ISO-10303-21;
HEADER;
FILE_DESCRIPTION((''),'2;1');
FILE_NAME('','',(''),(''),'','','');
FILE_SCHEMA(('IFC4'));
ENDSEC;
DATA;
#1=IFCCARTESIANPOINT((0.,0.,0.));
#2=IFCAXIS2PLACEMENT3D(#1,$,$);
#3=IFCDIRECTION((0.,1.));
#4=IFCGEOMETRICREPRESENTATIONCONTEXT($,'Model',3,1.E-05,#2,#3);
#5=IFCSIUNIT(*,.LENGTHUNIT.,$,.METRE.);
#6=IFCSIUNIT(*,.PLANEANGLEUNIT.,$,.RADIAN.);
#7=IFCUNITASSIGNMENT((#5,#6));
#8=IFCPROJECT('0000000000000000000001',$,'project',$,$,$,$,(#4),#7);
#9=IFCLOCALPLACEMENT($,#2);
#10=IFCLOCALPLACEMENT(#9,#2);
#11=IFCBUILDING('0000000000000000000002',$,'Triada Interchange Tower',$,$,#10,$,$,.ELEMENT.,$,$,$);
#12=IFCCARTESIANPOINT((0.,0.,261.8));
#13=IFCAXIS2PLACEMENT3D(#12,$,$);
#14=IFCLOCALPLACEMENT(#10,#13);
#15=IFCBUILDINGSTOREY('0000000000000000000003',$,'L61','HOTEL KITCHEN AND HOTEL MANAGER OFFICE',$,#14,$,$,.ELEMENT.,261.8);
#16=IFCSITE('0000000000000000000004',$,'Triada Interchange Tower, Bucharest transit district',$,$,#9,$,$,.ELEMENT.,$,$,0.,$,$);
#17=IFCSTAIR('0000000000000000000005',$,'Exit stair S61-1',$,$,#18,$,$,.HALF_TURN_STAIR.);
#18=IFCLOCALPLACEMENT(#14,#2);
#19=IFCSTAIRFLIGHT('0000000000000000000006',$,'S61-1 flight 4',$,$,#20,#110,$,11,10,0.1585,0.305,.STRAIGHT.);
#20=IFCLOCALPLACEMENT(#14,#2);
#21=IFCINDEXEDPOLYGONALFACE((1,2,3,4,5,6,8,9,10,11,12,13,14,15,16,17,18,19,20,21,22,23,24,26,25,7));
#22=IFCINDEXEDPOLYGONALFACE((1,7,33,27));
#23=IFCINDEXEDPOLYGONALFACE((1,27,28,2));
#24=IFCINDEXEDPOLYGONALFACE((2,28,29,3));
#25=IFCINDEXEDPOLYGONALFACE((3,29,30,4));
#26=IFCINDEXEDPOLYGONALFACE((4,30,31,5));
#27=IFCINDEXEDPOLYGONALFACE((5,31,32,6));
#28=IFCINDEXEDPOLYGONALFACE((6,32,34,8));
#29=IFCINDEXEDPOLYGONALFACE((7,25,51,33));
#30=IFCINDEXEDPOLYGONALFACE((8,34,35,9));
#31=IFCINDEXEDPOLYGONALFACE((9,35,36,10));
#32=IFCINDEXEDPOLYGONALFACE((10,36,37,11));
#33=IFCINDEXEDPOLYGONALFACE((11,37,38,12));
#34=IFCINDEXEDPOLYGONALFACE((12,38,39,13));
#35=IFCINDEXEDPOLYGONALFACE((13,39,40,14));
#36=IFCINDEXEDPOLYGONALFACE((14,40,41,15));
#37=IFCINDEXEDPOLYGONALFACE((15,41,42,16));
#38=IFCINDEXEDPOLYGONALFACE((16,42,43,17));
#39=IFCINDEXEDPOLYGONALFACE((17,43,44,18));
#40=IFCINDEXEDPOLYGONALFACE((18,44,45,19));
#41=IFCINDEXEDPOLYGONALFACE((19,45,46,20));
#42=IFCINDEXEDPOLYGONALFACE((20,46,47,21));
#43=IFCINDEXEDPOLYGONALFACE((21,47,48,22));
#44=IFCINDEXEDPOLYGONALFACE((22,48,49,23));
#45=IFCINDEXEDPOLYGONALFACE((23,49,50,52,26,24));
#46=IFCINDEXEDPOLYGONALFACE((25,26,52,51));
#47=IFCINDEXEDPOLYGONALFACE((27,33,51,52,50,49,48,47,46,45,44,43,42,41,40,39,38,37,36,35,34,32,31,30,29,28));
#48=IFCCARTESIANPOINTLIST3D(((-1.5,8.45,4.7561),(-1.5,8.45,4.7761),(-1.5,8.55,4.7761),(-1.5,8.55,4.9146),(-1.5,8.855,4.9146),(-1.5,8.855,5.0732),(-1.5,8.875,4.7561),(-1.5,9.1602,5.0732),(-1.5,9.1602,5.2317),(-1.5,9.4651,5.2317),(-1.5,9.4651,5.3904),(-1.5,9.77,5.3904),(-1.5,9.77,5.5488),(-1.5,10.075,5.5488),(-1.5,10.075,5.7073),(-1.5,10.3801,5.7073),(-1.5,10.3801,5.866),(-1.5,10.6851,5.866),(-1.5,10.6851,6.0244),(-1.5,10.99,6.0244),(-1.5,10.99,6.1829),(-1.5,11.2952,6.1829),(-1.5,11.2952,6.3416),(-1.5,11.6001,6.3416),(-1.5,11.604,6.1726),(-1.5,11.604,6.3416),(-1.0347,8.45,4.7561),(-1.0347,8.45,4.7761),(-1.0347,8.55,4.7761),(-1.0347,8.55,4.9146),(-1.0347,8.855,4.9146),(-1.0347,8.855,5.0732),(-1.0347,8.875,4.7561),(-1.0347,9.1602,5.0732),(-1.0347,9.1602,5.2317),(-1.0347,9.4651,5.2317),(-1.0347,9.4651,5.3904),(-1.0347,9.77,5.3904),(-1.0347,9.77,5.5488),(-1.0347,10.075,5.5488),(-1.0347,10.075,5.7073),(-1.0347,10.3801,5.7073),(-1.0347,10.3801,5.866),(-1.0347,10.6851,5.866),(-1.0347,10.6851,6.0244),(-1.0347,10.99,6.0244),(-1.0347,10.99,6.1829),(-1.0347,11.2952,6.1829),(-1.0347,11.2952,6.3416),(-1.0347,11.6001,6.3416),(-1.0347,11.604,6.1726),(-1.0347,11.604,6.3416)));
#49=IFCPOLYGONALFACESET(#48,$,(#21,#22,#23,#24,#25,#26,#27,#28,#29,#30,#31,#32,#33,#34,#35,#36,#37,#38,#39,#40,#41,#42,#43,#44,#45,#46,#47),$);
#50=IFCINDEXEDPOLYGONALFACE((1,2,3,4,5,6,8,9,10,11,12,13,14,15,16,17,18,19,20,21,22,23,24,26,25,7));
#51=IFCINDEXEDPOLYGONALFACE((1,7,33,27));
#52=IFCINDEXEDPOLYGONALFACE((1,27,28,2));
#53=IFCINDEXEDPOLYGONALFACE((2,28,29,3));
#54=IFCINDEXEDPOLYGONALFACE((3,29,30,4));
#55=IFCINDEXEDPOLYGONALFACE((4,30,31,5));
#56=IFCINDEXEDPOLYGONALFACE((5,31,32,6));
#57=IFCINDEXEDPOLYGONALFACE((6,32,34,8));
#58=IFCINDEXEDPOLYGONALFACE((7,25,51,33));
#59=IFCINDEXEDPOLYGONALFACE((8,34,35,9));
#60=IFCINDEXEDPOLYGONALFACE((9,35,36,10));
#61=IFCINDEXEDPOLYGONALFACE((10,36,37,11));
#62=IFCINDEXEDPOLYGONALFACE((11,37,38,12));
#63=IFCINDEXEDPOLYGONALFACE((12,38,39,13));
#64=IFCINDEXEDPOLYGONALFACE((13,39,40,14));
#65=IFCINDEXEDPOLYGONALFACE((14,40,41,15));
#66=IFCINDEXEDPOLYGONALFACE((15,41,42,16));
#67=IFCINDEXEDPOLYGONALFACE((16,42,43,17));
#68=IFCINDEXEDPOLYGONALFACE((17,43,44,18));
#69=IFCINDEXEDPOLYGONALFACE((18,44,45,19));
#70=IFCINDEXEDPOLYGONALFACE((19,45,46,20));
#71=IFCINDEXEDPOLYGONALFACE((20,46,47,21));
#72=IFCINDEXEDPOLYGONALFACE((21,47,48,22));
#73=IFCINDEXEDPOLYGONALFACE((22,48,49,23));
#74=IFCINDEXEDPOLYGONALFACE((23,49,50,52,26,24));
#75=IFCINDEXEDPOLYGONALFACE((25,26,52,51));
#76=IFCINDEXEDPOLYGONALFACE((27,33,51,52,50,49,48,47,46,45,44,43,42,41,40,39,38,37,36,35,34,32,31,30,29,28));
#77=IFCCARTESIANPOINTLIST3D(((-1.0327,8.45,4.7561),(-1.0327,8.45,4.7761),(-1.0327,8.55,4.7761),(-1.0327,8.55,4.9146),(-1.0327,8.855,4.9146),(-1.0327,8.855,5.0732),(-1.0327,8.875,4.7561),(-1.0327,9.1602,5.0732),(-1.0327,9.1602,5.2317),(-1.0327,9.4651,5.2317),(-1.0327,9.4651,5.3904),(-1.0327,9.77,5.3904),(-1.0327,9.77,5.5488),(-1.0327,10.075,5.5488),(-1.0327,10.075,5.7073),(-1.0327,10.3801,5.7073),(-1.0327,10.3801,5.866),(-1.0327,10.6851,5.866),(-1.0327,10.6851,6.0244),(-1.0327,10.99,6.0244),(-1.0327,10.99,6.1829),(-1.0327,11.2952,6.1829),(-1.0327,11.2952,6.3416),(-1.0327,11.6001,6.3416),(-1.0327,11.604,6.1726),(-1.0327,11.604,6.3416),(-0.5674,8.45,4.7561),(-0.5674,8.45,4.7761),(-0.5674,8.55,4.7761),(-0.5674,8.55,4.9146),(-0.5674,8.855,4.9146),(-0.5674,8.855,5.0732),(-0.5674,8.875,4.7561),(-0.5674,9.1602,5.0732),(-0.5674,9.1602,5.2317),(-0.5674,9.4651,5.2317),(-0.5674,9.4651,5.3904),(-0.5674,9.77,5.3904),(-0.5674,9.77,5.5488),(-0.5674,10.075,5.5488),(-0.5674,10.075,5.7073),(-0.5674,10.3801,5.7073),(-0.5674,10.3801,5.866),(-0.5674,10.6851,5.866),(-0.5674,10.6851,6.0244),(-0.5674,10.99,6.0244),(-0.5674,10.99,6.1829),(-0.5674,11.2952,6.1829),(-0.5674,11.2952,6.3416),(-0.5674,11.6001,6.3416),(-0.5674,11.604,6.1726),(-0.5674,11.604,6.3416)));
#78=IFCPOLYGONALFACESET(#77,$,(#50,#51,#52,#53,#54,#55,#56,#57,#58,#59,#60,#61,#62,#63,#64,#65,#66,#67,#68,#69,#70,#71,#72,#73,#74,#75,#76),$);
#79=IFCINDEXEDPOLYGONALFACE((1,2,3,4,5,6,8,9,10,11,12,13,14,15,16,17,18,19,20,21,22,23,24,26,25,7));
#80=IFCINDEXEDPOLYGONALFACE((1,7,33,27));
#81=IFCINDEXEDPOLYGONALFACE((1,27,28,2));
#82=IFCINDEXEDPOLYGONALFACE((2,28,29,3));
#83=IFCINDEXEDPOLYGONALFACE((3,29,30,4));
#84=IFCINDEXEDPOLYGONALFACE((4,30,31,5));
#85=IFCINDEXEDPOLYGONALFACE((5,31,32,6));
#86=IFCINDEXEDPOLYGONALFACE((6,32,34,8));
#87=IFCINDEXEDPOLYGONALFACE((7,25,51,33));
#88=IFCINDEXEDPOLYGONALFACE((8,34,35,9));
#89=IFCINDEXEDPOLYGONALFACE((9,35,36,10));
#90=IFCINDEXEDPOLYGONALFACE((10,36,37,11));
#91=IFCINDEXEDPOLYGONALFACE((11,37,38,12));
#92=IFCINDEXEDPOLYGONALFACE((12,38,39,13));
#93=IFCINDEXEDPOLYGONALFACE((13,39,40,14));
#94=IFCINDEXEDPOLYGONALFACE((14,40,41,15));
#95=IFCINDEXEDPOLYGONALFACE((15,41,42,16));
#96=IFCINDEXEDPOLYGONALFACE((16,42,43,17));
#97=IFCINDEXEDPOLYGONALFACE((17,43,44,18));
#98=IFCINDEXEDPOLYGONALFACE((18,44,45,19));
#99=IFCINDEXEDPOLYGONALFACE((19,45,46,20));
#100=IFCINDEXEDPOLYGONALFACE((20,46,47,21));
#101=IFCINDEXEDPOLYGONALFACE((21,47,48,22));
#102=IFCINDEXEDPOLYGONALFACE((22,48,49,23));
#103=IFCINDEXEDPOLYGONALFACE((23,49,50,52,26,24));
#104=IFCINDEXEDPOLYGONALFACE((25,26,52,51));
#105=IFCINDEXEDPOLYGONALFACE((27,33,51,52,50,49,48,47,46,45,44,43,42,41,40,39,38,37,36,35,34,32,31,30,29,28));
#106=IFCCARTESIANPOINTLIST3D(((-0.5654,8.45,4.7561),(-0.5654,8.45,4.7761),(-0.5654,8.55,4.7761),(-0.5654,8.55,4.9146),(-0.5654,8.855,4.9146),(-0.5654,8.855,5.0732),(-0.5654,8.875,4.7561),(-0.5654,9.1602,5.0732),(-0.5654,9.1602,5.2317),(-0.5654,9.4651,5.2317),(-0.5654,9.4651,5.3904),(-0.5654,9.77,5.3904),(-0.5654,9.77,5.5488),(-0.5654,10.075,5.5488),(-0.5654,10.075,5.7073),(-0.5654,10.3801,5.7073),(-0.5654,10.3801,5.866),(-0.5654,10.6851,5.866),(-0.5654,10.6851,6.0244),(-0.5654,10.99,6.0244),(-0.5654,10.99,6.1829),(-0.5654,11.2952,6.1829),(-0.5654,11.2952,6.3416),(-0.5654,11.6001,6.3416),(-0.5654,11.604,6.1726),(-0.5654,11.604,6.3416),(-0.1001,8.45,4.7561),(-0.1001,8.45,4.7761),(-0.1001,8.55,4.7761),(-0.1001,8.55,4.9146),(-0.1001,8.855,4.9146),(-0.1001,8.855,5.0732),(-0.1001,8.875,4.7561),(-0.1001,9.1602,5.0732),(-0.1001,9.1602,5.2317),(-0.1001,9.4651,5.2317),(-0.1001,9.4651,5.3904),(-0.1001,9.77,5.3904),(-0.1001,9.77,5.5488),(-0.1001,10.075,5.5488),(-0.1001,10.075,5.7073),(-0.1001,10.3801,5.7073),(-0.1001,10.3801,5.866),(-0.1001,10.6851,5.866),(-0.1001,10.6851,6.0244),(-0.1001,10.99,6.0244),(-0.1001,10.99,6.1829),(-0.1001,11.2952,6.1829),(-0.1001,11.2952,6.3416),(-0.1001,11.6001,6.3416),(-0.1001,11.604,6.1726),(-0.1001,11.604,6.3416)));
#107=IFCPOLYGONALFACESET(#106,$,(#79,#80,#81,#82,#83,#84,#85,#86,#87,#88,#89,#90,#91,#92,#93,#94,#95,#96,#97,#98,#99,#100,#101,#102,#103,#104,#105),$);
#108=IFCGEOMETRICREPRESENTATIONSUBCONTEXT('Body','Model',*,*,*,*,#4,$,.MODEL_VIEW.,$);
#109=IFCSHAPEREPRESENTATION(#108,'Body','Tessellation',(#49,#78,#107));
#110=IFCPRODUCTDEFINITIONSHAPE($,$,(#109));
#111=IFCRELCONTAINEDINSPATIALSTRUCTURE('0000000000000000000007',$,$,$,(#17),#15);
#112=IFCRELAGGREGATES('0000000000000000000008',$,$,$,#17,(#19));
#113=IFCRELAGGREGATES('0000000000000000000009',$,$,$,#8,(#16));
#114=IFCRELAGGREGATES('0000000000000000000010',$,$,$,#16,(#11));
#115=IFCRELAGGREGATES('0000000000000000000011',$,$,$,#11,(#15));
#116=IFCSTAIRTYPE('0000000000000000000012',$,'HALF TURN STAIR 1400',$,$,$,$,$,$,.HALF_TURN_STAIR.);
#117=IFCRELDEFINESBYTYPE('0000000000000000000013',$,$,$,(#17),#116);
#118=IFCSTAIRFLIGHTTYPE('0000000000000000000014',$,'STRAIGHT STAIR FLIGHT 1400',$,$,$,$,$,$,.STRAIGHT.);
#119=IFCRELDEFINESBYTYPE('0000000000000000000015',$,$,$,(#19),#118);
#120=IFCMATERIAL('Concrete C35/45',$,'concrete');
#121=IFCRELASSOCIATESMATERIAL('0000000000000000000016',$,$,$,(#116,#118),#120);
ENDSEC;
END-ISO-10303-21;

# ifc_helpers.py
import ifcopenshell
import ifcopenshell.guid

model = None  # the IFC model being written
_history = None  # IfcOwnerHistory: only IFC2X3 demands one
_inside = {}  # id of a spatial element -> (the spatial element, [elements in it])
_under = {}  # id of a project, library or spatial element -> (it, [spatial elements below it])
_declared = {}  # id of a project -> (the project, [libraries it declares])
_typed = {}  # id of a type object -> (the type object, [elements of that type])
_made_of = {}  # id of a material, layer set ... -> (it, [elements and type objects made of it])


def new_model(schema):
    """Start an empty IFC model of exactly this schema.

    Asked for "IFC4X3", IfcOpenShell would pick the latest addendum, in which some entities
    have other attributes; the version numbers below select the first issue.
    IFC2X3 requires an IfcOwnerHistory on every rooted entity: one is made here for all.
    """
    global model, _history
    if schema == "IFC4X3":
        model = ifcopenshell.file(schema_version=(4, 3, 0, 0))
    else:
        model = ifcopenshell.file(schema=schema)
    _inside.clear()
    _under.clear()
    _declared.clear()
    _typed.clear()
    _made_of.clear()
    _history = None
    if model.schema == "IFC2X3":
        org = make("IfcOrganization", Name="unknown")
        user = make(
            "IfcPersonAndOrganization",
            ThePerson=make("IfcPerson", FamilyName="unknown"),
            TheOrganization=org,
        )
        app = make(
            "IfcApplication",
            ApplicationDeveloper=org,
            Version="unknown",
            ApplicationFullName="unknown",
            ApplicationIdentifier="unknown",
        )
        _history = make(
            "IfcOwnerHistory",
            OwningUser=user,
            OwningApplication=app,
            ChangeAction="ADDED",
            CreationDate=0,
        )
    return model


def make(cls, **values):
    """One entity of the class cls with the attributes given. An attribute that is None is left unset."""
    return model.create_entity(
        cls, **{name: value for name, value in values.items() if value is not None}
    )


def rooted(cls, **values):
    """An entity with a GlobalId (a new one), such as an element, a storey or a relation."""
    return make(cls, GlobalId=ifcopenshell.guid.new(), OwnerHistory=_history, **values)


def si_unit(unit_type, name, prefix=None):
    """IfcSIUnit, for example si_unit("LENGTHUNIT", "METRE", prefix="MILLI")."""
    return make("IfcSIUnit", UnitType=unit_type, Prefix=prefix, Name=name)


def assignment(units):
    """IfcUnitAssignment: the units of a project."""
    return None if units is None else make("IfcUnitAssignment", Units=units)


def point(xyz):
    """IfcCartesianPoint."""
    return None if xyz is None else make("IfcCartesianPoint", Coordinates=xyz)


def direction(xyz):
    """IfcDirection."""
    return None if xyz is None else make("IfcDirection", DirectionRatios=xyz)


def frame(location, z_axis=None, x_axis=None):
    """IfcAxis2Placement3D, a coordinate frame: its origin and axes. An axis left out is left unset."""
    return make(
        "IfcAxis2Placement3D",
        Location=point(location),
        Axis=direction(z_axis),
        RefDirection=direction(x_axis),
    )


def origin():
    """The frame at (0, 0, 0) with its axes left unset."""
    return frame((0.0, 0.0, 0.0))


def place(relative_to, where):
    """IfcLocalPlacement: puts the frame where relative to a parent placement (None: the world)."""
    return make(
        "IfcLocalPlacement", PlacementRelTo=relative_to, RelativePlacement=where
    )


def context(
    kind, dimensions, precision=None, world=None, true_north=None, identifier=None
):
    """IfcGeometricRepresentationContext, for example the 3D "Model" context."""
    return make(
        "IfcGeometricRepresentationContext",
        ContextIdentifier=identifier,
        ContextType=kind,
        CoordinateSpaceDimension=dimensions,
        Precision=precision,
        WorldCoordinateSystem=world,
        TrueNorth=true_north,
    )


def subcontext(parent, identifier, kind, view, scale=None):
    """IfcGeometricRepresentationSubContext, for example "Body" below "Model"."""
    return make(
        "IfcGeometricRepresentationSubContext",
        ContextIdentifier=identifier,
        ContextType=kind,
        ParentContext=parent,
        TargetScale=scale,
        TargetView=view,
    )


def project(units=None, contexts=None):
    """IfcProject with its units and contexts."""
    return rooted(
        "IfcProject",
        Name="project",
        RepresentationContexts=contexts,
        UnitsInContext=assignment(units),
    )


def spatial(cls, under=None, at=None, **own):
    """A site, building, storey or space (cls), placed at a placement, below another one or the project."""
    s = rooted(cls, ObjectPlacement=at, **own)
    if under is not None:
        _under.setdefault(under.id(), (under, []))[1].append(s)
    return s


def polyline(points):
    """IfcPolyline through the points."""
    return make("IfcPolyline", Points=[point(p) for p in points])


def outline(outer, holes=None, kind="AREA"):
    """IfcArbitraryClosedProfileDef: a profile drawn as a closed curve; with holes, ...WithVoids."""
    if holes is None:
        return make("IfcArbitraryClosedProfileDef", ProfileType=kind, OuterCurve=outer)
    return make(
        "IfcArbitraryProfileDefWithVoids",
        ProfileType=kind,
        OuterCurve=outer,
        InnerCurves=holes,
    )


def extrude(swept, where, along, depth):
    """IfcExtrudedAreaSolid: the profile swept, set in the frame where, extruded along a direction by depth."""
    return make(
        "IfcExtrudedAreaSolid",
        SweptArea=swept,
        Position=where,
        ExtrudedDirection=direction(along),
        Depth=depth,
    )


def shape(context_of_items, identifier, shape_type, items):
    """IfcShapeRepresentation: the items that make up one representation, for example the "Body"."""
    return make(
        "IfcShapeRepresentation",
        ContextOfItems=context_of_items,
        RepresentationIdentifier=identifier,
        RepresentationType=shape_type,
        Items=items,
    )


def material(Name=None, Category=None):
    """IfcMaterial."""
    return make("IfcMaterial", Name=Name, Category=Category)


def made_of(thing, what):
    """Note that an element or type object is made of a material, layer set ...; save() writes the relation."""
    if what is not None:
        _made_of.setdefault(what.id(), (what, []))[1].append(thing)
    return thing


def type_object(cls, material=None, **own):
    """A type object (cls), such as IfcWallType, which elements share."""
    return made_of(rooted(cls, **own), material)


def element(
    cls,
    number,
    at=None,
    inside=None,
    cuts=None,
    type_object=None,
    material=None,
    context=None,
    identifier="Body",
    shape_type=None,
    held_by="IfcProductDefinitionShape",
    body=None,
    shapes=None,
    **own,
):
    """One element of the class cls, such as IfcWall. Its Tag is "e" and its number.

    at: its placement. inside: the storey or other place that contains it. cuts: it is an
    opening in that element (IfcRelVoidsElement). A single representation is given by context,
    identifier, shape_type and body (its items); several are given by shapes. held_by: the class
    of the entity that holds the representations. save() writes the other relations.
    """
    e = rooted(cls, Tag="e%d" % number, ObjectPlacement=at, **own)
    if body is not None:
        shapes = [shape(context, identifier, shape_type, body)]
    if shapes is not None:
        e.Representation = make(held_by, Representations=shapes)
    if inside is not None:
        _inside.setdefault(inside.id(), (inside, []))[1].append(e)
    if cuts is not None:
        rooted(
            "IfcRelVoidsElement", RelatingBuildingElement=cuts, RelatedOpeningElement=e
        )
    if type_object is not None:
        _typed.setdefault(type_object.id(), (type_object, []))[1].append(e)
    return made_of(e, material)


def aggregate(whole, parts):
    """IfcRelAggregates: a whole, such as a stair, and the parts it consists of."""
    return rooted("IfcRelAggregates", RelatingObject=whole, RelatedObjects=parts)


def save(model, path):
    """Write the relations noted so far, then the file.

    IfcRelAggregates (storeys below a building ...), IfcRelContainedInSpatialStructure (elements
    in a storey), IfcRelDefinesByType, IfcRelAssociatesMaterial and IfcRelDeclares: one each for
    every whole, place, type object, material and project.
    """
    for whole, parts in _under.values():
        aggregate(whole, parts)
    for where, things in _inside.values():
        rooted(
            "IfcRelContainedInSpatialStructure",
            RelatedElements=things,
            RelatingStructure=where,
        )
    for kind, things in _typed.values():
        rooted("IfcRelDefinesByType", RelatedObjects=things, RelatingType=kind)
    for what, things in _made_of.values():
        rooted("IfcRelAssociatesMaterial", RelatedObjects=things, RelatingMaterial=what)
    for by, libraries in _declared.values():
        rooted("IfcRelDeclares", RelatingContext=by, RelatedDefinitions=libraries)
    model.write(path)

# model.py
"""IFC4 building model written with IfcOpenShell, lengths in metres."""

from ifc_helpers import new_model, si_unit, direction, frame, origin, place, context, subcontext, project, spatial, polyline, outline, extrude, material, type_object, element, aggregate, save


model = new_model("IFC4")

# Units and contexts
model_context = context("Model", 3, precision=1e-05, world=origin(), true_north=direction((0.0, 1.0)))
body_context = subcontext(model_context, "Body", "Model", "MODEL_VIEW")
ifc_project = project(units=[si_unit("LENGTHUNIT", "METRE"), si_unit("PLANEANGLEUNIT", "RADIAN")], contexts=[model_context])

# Site, building, storey
site_placement = place(None, origin())
site = spatial("IfcSite", under=ifc_project, at=site_placement, Name="Triada Interchange Tower, Bucharest transit district", CompositionType="ELEMENT", RefElevation=0.0)
building_placement = place(site_placement, origin())
building = spatial("IfcBuilding", under=site, at=building_placement, Name="Triada Interchange Tower", CompositionType="ELEMENT")
storey_placement = place(building_placement, frame((0.0, 0.0, 261.8)))
storey = spatial("IfcBuildingStorey", under=building, at=storey_placement, Name="L61", Description="HOTEL KITCHEN AND HOTEL MANAGER OFFICE", CompositionType="ELEMENT", Elevation=261.8)

# Stair, stair flight
ifc_material_1 = material(Name="Concrete C35/45", Category="concrete")
stair_type = type_object("IfcStairType", Name="HALF TURN STAIR 1400", PredefinedType="HALF_TURN_STAIR", material=ifc_material_1)
stair_placement = place(storey_placement, origin())
stair = element("IfcStair", 1, at=stair_placement, inside=storey, type_object=stair_type, Name="Exit stair S61-1", PredefinedType="HALF_TURN_STAIR")
stair_flight_type = type_object("IfcStairFlightType", Name="STRAIGHT STAIR FLIGHT 1400", PredefinedType="STRAIGHT", material=ifc_material_1)
stair_flight_1_placement = place(storey_placement, frame((-0.8, 8.55, 4.7561), z_axis=(0.0, 0.0, 1.0), x_axis=(0.0, 1.0, 0.0)))
stair_flight_1 = element("IfcStairFlight", 2, at=stair_flight_1_placement, type_object=stair_flight_type, Name="S61-1 flight 4", NumberOfRisers=11, NumberOfTreads=10, PredefinedType="STRAIGHT", RiserHeight=0.1585, TreadLength=0.305, context=body_context, shape_type="SweptSolid", body=[
    extrude(outline(polyline([(-0.1001, 0.0), (-0.1001, 0.02), (0.0, 0.02), (0.0, 0.1584), (0.3049, 0.1584), (0.3049, 0.3171), (0.6101, 0.3171), (0.6101, 0.4756), (0.915, 0.4756), (0.915, 0.6343), (1.22, 0.6343), (1.22, 0.7927), (1.5249, 0.7927), (1.5249, 0.9512), (1.8301, 0.9512), (1.8301, 1.1099), (2.135, 1.1099), (2.135, 1.2683), (2.4399, 1.2683), (2.4399, 1.4268), (2.7451, 1.4268), (2.7451, 1.5854), (3.05, 1.5854), (3.054, 1.5854), (3.054, 1.7439), (3.054, 1.4165), (0.325, 0.0), (-0.1001, 0.0)])), frame((0.0, 0.7, 0.0), z_axis=(0.0, -1.0, 0.0), x_axis=(1.0, 0.0, 0.0)), (0.0, 0.0, 1.0), 0.4653),
    extrude(outline(polyline([(-0.1001, 0.0), (-0.1001, 0.02), (0.0, 0.02), (0.0, 0.1584), (0.3049, 0.1584), (0.3049, 0.3171), (0.6101, 0.3171), (0.6101, 0.4756), (0.915, 0.4756), (0.915, 0.6343), (1.22, 0.6343), (1.22, 0.7927), (1.5249, 0.7927), (1.5249, 0.9512), (1.8301, 0.9512), (1.8301, 1.1099), (2.135, 1.1099), (2.135, 1.2683), (2.4399, 1.2683), (2.4399, 1.4268), (2.7451, 1.4268), (2.7451, 1.5854), (3.05, 1.5854), (3.054, 1.5854), (3.054, 1.7439), (3.054, 1.4165), (0.325, 0.0), (-0.1001, 0.0)])), frame((0.0, 0.2327, 0.0), z_axis=(0.0, -1.0, 0.0), x_axis=(1.0, 0.0, 0.0)), (0.0, 0.0, 1.0), 0.4653),
    extrude(outline(polyline([(-0.1001, 0.0), (-0.1001, 0.02), (0.0, 0.02), (0.0, 0.1584), (0.3049, 0.1584), (0.3049, 0.3171), (0.6101, 0.3171), (0.6101, 0.4756), (0.915, 0.4756), (0.915, 0.6343), (1.22, 0.6343), (1.22, 0.7927), (1.5249, 0.7927), (1.5249, 0.9512), (1.8301, 0.9512), (1.8301, 1.1099), (2.135, 1.1099), (2.135, 1.2683), (2.4399, 1.2683), (2.4399, 1.4268), (2.7451, 1.4268), (2.7451, 1.5854), (3.05, 1.5854), (3.054, 1.5854), (3.054, 1.7439), (3.054, 1.4165), (0.325, 0.0), (-0.1001, 0.0)])), frame((0.0, -0.2346, 0.0), z_axis=(0.0, -1.0, 0.0), x_axis=(1.0, 0.0, 0.0)), (0.0, 0.0, 1.0), 0.4653),
])
aggregate(stair, [stair_flight_1])

save(model, "model.ifc")
